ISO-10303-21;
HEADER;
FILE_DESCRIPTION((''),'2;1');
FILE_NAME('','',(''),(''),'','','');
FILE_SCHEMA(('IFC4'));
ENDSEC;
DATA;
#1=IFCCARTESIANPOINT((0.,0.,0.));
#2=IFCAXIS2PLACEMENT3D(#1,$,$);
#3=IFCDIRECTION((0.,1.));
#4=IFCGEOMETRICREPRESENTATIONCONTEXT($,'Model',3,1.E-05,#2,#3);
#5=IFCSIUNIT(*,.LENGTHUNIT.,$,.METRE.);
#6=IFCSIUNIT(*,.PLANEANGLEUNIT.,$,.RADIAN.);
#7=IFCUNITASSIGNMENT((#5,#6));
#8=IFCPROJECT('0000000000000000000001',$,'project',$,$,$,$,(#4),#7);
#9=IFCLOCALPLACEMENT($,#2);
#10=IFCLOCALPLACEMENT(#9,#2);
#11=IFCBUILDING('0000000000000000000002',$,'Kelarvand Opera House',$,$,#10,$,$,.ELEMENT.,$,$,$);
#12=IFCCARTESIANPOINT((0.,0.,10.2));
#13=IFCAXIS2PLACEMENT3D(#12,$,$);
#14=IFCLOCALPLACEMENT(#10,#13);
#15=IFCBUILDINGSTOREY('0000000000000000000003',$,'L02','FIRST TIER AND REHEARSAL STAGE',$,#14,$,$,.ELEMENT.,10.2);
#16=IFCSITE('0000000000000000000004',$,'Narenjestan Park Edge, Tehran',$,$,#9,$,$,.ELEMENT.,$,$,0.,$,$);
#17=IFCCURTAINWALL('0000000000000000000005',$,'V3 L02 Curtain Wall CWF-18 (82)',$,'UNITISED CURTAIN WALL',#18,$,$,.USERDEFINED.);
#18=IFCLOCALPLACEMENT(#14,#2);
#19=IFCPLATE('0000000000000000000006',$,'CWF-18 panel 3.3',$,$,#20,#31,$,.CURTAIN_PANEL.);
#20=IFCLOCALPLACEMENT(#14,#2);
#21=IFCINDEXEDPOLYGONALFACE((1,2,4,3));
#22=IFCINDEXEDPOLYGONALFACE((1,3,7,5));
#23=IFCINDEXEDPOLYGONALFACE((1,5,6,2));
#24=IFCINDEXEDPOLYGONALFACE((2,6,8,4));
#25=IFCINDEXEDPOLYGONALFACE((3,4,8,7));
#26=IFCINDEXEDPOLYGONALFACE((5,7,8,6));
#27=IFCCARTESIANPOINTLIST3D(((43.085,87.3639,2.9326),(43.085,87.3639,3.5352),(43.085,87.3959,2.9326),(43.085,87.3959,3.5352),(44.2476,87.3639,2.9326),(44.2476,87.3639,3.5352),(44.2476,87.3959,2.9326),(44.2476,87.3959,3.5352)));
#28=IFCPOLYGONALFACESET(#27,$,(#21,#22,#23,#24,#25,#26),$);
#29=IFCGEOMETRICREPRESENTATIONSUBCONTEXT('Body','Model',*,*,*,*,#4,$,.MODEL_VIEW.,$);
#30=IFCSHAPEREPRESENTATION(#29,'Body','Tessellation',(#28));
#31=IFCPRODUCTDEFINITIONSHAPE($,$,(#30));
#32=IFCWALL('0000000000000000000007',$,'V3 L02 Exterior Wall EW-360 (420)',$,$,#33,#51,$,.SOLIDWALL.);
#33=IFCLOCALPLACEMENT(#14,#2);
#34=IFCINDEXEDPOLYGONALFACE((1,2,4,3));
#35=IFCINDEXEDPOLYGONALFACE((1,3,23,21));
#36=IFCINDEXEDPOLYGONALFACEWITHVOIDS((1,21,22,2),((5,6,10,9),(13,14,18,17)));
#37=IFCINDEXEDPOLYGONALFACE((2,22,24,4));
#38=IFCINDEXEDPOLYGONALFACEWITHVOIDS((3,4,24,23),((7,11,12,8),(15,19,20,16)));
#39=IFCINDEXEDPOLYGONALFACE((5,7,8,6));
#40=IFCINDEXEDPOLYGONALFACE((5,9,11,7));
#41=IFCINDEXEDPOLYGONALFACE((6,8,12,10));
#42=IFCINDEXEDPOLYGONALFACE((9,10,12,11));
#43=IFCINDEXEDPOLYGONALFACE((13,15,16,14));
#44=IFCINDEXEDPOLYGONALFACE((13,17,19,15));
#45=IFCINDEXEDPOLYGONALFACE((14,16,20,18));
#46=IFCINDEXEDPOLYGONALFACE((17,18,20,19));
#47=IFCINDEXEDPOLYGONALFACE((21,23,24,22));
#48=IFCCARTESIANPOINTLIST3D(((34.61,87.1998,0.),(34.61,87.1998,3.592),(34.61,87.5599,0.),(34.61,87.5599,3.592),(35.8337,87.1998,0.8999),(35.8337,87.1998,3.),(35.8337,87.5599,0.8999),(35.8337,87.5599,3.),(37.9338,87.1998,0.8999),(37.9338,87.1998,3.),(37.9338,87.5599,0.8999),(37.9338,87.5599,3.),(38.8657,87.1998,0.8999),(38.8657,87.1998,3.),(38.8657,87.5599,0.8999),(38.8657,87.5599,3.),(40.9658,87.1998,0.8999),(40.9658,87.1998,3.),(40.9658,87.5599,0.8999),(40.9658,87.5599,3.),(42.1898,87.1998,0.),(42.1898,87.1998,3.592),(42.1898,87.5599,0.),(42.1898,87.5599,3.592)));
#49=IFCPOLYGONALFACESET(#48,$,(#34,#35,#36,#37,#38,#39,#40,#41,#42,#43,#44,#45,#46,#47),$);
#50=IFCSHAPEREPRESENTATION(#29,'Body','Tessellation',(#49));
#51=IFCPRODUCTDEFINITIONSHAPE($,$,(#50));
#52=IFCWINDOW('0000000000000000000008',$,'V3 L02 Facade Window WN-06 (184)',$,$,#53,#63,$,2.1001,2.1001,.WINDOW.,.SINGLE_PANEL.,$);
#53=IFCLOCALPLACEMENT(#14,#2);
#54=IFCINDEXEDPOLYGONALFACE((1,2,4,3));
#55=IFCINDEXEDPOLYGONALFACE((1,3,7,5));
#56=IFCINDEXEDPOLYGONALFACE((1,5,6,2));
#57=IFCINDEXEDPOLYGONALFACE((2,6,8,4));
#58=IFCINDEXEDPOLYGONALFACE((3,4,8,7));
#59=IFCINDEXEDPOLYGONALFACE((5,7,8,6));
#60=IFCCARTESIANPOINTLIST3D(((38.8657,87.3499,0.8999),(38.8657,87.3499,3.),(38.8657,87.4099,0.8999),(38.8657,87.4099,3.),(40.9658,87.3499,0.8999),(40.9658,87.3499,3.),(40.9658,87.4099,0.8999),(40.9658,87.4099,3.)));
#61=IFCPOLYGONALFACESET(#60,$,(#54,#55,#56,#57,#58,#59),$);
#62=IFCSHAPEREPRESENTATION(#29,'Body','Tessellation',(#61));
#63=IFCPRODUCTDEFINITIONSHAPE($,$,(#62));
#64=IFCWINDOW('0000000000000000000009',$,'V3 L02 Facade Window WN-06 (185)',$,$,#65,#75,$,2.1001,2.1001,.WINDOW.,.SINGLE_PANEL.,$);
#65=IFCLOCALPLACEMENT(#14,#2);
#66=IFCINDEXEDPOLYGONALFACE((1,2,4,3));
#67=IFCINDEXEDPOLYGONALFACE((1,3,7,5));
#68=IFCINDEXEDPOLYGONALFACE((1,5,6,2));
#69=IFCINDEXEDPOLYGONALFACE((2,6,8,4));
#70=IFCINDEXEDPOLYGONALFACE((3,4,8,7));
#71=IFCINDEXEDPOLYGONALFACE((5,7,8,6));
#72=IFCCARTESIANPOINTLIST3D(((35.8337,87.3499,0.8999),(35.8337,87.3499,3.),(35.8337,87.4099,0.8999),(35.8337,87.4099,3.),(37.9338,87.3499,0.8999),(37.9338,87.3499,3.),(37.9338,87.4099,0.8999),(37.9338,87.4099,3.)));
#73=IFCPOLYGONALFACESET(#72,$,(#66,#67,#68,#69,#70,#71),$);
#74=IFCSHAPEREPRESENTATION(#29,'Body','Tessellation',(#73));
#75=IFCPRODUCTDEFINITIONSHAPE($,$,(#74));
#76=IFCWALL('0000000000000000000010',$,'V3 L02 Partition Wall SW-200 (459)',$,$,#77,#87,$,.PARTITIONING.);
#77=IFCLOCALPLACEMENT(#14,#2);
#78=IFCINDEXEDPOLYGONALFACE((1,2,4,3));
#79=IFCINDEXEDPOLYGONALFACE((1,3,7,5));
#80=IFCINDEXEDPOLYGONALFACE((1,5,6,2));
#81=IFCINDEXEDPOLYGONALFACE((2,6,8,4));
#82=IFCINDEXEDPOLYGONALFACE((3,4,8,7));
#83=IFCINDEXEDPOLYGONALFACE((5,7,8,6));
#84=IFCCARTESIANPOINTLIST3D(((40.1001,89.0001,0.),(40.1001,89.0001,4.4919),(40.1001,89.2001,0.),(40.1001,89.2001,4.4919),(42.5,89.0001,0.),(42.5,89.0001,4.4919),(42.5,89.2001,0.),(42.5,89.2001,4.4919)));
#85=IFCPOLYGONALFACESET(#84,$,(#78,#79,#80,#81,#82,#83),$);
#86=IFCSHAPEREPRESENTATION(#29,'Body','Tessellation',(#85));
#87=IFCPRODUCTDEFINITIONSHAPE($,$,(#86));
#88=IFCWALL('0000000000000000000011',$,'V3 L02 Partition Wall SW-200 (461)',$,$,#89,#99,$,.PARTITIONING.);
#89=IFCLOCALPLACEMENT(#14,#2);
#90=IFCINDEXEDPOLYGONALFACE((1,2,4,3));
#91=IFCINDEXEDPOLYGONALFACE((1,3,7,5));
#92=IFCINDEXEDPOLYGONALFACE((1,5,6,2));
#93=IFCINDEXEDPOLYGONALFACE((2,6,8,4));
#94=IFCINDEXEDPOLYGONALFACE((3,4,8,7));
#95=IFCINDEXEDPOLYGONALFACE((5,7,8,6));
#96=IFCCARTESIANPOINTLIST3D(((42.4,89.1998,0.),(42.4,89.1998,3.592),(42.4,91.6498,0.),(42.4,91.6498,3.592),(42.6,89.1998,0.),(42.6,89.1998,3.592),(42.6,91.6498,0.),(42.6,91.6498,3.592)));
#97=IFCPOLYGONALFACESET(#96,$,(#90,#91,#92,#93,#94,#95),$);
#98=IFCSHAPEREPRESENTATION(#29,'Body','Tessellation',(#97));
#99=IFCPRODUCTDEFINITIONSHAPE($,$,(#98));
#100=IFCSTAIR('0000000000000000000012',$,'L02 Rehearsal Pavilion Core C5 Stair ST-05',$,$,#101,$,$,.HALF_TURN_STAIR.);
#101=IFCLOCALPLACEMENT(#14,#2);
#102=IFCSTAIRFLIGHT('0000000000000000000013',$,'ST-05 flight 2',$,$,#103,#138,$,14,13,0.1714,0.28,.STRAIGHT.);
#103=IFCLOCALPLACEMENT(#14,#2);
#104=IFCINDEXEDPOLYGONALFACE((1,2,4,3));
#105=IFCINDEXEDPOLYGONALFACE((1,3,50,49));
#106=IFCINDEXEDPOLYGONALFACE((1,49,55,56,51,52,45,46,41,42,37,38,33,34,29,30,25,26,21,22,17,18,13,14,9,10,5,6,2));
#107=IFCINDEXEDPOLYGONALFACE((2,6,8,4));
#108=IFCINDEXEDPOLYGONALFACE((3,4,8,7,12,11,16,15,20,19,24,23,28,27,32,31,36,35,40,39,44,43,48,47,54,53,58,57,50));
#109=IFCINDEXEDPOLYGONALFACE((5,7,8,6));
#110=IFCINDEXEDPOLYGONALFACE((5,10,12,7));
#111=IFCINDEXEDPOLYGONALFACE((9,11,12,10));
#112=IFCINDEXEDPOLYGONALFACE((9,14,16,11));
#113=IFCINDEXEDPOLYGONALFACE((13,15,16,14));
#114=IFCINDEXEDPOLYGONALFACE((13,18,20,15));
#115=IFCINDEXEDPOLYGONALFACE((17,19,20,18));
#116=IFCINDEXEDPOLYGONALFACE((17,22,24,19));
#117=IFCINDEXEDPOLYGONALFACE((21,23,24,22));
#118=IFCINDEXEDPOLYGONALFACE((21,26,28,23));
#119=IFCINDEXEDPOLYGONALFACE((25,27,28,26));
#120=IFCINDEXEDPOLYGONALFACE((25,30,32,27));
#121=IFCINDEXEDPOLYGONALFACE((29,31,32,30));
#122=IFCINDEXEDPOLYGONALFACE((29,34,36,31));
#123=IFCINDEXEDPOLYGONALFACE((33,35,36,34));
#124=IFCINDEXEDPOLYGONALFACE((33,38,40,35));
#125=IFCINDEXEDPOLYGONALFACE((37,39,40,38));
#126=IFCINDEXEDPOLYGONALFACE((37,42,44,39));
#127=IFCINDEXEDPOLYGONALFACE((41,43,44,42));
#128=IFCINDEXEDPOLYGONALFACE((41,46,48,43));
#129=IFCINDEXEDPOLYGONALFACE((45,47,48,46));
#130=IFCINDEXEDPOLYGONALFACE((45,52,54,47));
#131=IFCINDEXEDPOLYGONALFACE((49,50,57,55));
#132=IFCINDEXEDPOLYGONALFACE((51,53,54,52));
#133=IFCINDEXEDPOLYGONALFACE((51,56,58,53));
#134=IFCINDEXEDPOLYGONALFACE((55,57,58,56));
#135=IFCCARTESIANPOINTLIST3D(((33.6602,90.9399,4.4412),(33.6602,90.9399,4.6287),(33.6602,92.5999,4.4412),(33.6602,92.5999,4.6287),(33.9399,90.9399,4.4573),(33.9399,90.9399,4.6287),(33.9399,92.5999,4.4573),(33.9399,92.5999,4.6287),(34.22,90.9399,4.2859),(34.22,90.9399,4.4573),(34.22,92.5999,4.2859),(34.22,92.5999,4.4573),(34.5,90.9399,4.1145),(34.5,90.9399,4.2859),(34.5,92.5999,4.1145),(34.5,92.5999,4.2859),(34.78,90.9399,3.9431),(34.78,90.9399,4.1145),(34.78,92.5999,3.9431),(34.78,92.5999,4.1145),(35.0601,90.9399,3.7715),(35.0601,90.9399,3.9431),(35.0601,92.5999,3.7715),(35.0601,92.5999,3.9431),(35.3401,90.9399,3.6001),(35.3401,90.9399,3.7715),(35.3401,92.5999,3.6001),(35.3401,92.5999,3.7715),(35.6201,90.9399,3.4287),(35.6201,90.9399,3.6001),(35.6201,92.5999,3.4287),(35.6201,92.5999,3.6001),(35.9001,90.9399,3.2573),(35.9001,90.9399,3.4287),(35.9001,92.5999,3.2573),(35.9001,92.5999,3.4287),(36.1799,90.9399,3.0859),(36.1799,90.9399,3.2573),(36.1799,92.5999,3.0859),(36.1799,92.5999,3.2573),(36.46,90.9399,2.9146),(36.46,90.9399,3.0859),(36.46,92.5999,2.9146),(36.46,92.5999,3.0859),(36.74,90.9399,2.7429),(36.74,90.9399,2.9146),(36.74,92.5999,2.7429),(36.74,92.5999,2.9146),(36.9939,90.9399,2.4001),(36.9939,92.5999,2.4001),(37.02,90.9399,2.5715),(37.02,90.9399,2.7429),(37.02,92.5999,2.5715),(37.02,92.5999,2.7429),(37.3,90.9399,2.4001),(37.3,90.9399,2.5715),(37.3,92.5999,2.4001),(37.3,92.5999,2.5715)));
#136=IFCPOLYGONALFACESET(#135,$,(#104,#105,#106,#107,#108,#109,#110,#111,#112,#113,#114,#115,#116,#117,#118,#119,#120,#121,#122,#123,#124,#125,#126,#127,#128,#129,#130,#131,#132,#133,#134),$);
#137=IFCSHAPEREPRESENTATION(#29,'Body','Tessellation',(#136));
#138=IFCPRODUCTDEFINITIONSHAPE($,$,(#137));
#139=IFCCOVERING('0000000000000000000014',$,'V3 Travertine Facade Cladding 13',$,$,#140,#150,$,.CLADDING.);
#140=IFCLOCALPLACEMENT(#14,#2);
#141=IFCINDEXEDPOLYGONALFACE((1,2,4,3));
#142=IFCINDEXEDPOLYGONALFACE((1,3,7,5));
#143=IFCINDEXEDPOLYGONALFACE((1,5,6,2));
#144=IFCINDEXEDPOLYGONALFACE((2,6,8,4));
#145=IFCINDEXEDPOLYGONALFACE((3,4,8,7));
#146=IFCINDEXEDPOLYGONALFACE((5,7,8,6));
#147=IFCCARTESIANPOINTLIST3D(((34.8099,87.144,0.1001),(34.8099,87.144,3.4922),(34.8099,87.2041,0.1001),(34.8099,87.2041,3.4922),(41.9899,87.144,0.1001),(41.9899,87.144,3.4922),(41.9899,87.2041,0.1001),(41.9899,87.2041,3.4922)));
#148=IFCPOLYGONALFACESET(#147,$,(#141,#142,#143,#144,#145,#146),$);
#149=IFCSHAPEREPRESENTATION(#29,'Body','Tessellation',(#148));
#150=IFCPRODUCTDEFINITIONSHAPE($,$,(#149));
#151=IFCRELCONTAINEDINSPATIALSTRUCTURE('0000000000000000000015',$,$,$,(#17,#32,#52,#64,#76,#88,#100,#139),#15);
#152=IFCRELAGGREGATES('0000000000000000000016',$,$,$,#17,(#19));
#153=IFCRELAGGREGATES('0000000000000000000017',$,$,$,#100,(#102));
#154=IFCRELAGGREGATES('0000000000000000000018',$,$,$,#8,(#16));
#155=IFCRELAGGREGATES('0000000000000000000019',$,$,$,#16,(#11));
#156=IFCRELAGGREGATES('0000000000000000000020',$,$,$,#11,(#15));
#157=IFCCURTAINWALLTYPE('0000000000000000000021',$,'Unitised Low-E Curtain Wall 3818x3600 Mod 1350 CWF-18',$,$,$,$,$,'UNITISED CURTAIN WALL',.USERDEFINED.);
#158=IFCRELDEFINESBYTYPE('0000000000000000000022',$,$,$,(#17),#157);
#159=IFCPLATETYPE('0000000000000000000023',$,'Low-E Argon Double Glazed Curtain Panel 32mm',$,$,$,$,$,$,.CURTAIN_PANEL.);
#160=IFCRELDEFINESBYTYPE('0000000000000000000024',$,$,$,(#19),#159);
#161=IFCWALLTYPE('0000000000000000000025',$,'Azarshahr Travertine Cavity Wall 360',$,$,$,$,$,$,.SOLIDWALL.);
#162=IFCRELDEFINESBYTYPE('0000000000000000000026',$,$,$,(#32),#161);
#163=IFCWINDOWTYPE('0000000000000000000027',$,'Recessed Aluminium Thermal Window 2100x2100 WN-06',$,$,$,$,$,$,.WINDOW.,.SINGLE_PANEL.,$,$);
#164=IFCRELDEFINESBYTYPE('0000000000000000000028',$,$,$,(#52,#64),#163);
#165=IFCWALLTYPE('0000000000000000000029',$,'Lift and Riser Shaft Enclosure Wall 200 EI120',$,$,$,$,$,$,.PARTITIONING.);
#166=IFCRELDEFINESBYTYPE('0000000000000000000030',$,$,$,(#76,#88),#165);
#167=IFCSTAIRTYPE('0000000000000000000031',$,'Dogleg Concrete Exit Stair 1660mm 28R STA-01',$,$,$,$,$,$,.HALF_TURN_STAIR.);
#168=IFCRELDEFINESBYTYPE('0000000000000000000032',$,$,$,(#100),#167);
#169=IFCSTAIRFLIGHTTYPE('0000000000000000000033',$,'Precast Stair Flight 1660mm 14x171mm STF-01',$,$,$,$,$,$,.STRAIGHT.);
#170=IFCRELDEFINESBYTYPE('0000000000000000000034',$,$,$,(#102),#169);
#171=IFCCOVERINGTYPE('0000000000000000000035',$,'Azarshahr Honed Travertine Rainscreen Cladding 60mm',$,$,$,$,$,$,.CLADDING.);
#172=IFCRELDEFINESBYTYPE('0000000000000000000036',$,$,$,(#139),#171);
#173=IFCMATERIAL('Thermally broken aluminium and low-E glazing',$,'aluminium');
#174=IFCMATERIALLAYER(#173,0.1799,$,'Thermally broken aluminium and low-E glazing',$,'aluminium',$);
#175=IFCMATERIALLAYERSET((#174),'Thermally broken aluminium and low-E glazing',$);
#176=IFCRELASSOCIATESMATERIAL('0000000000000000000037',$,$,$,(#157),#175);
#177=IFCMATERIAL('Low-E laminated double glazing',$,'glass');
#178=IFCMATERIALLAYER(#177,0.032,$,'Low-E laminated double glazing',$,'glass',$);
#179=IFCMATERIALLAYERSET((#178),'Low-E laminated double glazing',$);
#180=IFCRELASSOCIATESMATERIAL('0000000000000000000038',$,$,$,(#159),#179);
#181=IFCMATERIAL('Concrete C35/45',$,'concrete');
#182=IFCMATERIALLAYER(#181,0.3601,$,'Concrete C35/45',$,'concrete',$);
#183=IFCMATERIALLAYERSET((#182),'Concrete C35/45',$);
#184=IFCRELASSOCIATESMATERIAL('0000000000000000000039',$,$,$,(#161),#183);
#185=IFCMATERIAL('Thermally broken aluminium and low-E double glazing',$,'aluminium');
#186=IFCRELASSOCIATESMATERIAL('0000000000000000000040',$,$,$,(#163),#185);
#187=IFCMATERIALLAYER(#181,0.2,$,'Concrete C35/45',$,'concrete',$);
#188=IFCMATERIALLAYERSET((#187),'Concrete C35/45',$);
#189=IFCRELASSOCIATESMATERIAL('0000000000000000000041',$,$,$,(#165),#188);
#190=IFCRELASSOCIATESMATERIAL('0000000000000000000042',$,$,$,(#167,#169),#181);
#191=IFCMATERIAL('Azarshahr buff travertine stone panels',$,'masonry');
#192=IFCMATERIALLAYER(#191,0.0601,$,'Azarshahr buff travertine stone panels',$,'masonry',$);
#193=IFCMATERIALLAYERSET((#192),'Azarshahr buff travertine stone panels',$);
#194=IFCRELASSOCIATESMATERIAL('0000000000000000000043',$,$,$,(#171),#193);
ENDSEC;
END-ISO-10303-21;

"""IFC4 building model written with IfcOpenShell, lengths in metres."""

from ifc_helpers import new_model, si_unit, direction, frame, frame_2d, origin, origin_2d, place, context, subcontext, project, spatial, polyline, rectangle, outline, extrude, material, layer, layer_set, type_object, element, fill, aggregate, save


model = new_model("IFC4")

# Units and contexts
model_context = context("Model", 3, precision=1e-05, world=origin(), true_north=direction((0.0, 1.0)))
body_context = subcontext(model_context, "Body", "Model", "MODEL_VIEW")
ifc_project = project(units=[si_unit("LENGTHUNIT", "METRE"), si_unit("PLANEANGLEUNIT", "RADIAN")], contexts=[model_context])

# Site, building, storey
site_placement = place(None, origin())
site = spatial("IfcSite", under=ifc_project, at=site_placement, Name="Narenjestan Park Edge, Tehran", CompositionType="ELEMENT", RefElevation=0.0)
building_placement = place(site_placement, origin())
building = spatial("IfcBuilding", under=site, at=building_placement, Name="Kelarvand Opera House", CompositionType="ELEMENT")
storey_placement = place(building_placement, frame((0.0, 0.0, 10.2)))
storey = spatial("IfcBuildingStorey", under=building, at=storey_placement, Name="L02", Description="FIRST TIER AND REHEARSAL STAGE", CompositionType="ELEMENT", Elevation=10.2)

# Curtain wall
ifc_material_1 = material(Name="Thermally broken aluminium and low-E glazing", Category="aluminium")
ifc_layer_1 = layer(ifc_material_1, 0.1799, Name="Thermally broken aluminium and low-E glazing", Category="aluminium")
ifc_layer_set_1 = layer_set([ifc_layer_1], Name="Thermally broken aluminium and low-E glazing")
curtain_wall_type = type_object("IfcCurtainWallType", Name="Unitised Low-E Curtain Wall 3818x3600 Mod 1350 CWF-18", ElementType="UNITISED CURTAIN WALL", PredefinedType="USERDEFINED", material=ifc_layer_set_1)
curtain_wall_placement = place(storey_placement, origin())
curtain_wall = element("IfcCurtainWall", 1, at=curtain_wall_placement, inside=storey, type_object=curtain_wall_type, Name="V3 L02 Curtain Wall CWF-18 (82)", ObjectType="UNITISED CURTAIN WALL", PredefinedType="USERDEFINED")

# Shared definitions
ifc_material_2 = material(Name="Concrete C35/45", Category="concrete")

# Plate
ifc_material_3 = material(Name="Low-E laminated double glazing", Category="glass")
ifc_layer_2 = layer(ifc_material_3, 0.032, Name="Low-E laminated double glazing", Category="glass")
ifc_layer_set_2 = layer_set([ifc_layer_2], Name="Low-E laminated double glazing")
plate_type = type_object("IfcPlateType", Name="Low-E Argon Double Glazed Curtain Panel 32mm", PredefinedType="CURTAIN_PANEL", material=ifc_layer_set_2)
plate_1_placement = place(storey_placement, frame((43.6663, 87.3799, 2.9326), z_axis=(0.0, 0.0, 1.0), x_axis=(-1.0, 0.0, 0.0)))
plate_1 = element("IfcPlate", 2, at=plate_1_placement, type_object=plate_type, Name="CWF-18 panel 3.3", PredefinedType="CURTAIN_PANEL", context=body_context, shape_type="SweptSolid", body=[
    extrude(rectangle(XDim=1.1626, YDim=0.032, at=origin_2d()), origin(), (0.0, 0.0, 1.0), 0.6025),
])
aggregate(curtain_wall, [plate_1])

# Wall, openings, windows
ifc_layer_3 = layer(ifc_material_2, 0.3601, Name="Concrete C35/45", Category="concrete")
ifc_layer_set_3 = layer_set([ifc_layer_3], Name="Concrete C35/45")
wall_type_1 = type_object("IfcWallType", Name="Azarshahr Travertine Cavity Wall 360", PredefinedType="SOLIDWALL", material=ifc_layer_set_3)
wall_1_placement = place(storey_placement, frame((42.1899, 87.3799, 0.0), z_axis=(0.0, 0.0, 1.0), x_axis=(-1.0, 0.0, 0.0)))
wall_1 = element("IfcWall", 3, at=wall_1_placement, inside=storey, type_object=wall_type_1, Name="V3 L02 Exterior Wall EW-360 (420)", PredefinedType="SOLIDWALL", context=body_context, shape_type="SweptSolid", body=[
    extrude(rectangle(XDim=7.5798, YDim=0.3601, at=frame_2d((3.79, 0.0))), origin(), (0.0, 0.0, 1.0), 3.592),
])
opening_1_placement = place(wall_1_placement, frame((1.2241, 0.0, 0.8999)))
opening_1 = element("IfcOpeningElement", 4, at=opening_1_placement, cuts=wall_1, PredefinedType="OPENING", context=body_context, shape_type="SweptSolid", body=[
    extrude(rectangle(XDim=2.1001, YDim=2.1001, at=frame_2d((1.05, 1.05))), frame((0.0, 0.1899, 0.0), z_axis=(0.0, -1.0, 0.0), x_axis=(1.0, 0.0, 0.0)), (0.0, 0.0, 1.0), 0.3801),
])
opening_2_placement = place(wall_1_placement, frame((4.2561, 0.0, 0.8999)))
opening_2 = element("IfcOpeningElement", 5, at=opening_2_placement, cuts=wall_1, PredefinedType="OPENING", context=body_context, shape_type="SweptSolid", body=[
    extrude(rectangle(XDim=2.1001, YDim=2.1001, at=frame_2d((1.05, 1.05))), frame((0.0, 0.1899, 0.0), z_axis=(0.0, -1.0, 0.0), x_axis=(1.0, 0.0, 0.0)), (0.0, 0.0, 1.0), 0.3801),
])
ifc_material_4 = material(Name="Thermally broken aluminium and low-E double glazing", Category="aluminium")
window_type = type_object("IfcWindowType", Name="Recessed Aluminium Thermal Window 2100x2100 WN-06", PartitioningType="SINGLE_PANEL", PredefinedType="WINDOW", material=ifc_material_4)
window_1_placement = place(opening_1_placement, origin())
window_1 = element("IfcWindow", 6, at=window_1_placement, inside=storey, type_object=window_type, Name="V3 L02 Facade Window WN-06 (184)", OverallHeight=2.1001, OverallWidth=2.1001, PartitioningType="SINGLE_PANEL", PredefinedType="WINDOW", context=body_context, shape_type="SweptSolid", body=[
    extrude(rectangle(XDim=2.1001, YDim=2.1001, at=frame_2d((1.05, 1.05))), frame((0.0, 0.03, 0.0), z_axis=(0.0, -1.0, 0.0), x_axis=(1.0, 0.0, 0.0)), (0.0, 0.0, 1.0), 0.0601),
])
fill(opening_1, window_1)
window_2_placement = place(opening_2_placement, origin())
window_2 = element("IfcWindow", 7, at=window_2_placement, inside=storey, type_object=window_type, Name="V3 L02 Facade Window WN-06 (185)", OverallHeight=2.1001, OverallWidth=2.1001, PartitioningType="SINGLE_PANEL", PredefinedType="WINDOW", context=body_context, shape_type="SweptSolid", body=[
    extrude(rectangle(XDim=2.1001, YDim=2.1001, at=frame_2d((1.05, 1.05))), frame((0.0, 0.03, 0.0), z_axis=(0.0, -1.0, 0.0), x_axis=(1.0, 0.0, 0.0)), (0.0, 0.0, 1.0), 0.0601),
])
fill(opening_2, window_2)

# Wall
ifc_layer_4 = layer(ifc_material_2, 0.2, Name="Concrete C35/45", Category="concrete")
ifc_layer_set_4 = layer_set([ifc_layer_4], Name="Concrete C35/45")
wall_type_2 = type_object("IfcWallType", Name="Lift and Riser Shaft Enclosure Wall 200 EI120", PredefinedType="PARTITIONING", material=ifc_layer_set_4)
wall_2_placement = place(storey_placement, frame((40.1001, 89.1001, 0.0), z_axis=(0.0, 0.0, 1.0), x_axis=(1.0, 0.0, 0.0)))
element("IfcWall", 8, at=wall_2_placement, inside=storey, type_object=wall_type_2, Name="V3 L02 Partition Wall SW-200 (459)", PredefinedType="PARTITIONING", context=body_context, shape_type="SweptSolid", body=[
    extrude(rectangle(XDim=2.3999, YDim=0.2, at=frame_2d((1.2, 0.0))), origin(), (0.0, 0.0, 1.0), 4.4919),
])

# Wall
wall_3_placement = place(storey_placement, frame((42.5, 91.6499, 0.0), z_axis=(0.0, 0.0, 1.0), x_axis=(0.0, -1.0, 0.0)))
element("IfcWall", 9, at=wall_3_placement, inside=storey, type_object=wall_type_2, Name="V3 L02 Partition Wall SW-200 (461)", PredefinedType="PARTITIONING", context=body_context, shape_type="SweptSolid", body=[
    extrude(rectangle(XDim=2.45, YDim=0.2, at=frame_2d((1.2251, 0.0))), origin(), (0.0, 0.0, 1.0), 3.592),
])

# Stair, stair flight
stair_type = type_object("IfcStairType", Name="Dogleg Concrete Exit Stair 1660mm 28R STA-01", PredefinedType="HALF_TURN_STAIR", material=ifc_material_2)
stair_placement = place(storey_placement, origin())
stair = element("IfcStair", 10, at=stair_placement, inside=storey, type_object=stair_type, Name="L02 Rehearsal Pavilion Core C5 Stair ST-05", PredefinedType="HALF_TURN_STAIR")
stair_flight_type = type_object("IfcStairFlightType", Name="Precast Stair Flight 1660mm 14x171mm STF-01", PredefinedType="STRAIGHT", material=ifc_material_2)
stair_flight_placement = place(storey_placement, frame((37.3, 91.77, 2.4001), z_axis=(0.0, 0.0, 1.0), x_axis=(-1.0, 0.0, 0.0)))
stair_flight = element("IfcStairFlight", 11, at=stair_flight_placement, type_object=stair_flight_type, Name="ST-05 flight 2", NumberOfRisers=14, NumberOfTreads=13, PredefinedType="STRAIGHT", RiserHeight=0.1714, TreadLength=0.28, context=body_context, shape_type="SweptSolid", body=[
    extrude(outline(polyline([(0.0, 0.0), (0.0, 0.1714), (0.28, 0.1714), (0.28, 0.3428), (0.5601, 0.3428), (0.5601, 0.5144), (0.8401, 0.5144), (0.8401, 0.6858), (1.1201, 0.6858), (1.1201, 0.8572), (1.3999, 0.8572), (1.3999, 1.0286), (1.6799, 1.0286), (1.6799, 1.2), (1.96, 1.2), (1.96, 1.3713), (2.24, 1.3713), (2.24, 1.543), (2.52, 1.543), (2.52, 1.7144), (2.8, 1.7144), (2.8, 1.8857), (3.0801, 1.8857), (3.0801, 2.0571), (3.3601, 2.0571), (3.3601, 2.2285), (3.6399, 2.2285), (3.6399, 2.3999), (3.6399, 2.041), (0.3062, 0.0), (0.0, 0.0)])), frame((0.0, 0.8301, 0.0), z_axis=(0.0, -1.0, 0.0), x_axis=(1.0, 0.0, 0.0)), (0.0, 0.0, 1.0), 1.6599),
])
aggregate(stair, [stair_flight])

# Covering
ifc_material_5 = material(Name="Azarshahr buff travertine stone panels", Category="masonry")
ifc_layer_5 = layer(ifc_material_5, 0.0601, Name="Azarshahr buff travertine stone panels", Category="masonry")
ifc_layer_set_5 = layer_set([ifc_layer_5], Name="Azarshahr buff travertine stone panels")
covering_type = type_object("IfcCoveringType", Name="Azarshahr Honed Travertine Rainscreen Cladding 60mm", PredefinedType="CLADDING", material=ifc_layer_set_5)
covering_placement = place(storey_placement, frame((38.3999, 87.1741, 0.1001), z_axis=(0.0, 0.0, 1.0), x_axis=(-1.0, 0.0, 0.0)))
element("IfcCovering", 12, at=covering_placement, inside=storey, type_object=covering_type, Name="V3 Travertine Facade Cladding 13", PredefinedType="CLADDING", context=body_context, shape_type="SweptSolid", body=[
    extrude(rectangle(XDim=7.1799, YDim=0.0601, at=origin_2d()), origin(), (0.0, 0.0, 1.0), 3.3921),
])

save(model, "model.ifc")
